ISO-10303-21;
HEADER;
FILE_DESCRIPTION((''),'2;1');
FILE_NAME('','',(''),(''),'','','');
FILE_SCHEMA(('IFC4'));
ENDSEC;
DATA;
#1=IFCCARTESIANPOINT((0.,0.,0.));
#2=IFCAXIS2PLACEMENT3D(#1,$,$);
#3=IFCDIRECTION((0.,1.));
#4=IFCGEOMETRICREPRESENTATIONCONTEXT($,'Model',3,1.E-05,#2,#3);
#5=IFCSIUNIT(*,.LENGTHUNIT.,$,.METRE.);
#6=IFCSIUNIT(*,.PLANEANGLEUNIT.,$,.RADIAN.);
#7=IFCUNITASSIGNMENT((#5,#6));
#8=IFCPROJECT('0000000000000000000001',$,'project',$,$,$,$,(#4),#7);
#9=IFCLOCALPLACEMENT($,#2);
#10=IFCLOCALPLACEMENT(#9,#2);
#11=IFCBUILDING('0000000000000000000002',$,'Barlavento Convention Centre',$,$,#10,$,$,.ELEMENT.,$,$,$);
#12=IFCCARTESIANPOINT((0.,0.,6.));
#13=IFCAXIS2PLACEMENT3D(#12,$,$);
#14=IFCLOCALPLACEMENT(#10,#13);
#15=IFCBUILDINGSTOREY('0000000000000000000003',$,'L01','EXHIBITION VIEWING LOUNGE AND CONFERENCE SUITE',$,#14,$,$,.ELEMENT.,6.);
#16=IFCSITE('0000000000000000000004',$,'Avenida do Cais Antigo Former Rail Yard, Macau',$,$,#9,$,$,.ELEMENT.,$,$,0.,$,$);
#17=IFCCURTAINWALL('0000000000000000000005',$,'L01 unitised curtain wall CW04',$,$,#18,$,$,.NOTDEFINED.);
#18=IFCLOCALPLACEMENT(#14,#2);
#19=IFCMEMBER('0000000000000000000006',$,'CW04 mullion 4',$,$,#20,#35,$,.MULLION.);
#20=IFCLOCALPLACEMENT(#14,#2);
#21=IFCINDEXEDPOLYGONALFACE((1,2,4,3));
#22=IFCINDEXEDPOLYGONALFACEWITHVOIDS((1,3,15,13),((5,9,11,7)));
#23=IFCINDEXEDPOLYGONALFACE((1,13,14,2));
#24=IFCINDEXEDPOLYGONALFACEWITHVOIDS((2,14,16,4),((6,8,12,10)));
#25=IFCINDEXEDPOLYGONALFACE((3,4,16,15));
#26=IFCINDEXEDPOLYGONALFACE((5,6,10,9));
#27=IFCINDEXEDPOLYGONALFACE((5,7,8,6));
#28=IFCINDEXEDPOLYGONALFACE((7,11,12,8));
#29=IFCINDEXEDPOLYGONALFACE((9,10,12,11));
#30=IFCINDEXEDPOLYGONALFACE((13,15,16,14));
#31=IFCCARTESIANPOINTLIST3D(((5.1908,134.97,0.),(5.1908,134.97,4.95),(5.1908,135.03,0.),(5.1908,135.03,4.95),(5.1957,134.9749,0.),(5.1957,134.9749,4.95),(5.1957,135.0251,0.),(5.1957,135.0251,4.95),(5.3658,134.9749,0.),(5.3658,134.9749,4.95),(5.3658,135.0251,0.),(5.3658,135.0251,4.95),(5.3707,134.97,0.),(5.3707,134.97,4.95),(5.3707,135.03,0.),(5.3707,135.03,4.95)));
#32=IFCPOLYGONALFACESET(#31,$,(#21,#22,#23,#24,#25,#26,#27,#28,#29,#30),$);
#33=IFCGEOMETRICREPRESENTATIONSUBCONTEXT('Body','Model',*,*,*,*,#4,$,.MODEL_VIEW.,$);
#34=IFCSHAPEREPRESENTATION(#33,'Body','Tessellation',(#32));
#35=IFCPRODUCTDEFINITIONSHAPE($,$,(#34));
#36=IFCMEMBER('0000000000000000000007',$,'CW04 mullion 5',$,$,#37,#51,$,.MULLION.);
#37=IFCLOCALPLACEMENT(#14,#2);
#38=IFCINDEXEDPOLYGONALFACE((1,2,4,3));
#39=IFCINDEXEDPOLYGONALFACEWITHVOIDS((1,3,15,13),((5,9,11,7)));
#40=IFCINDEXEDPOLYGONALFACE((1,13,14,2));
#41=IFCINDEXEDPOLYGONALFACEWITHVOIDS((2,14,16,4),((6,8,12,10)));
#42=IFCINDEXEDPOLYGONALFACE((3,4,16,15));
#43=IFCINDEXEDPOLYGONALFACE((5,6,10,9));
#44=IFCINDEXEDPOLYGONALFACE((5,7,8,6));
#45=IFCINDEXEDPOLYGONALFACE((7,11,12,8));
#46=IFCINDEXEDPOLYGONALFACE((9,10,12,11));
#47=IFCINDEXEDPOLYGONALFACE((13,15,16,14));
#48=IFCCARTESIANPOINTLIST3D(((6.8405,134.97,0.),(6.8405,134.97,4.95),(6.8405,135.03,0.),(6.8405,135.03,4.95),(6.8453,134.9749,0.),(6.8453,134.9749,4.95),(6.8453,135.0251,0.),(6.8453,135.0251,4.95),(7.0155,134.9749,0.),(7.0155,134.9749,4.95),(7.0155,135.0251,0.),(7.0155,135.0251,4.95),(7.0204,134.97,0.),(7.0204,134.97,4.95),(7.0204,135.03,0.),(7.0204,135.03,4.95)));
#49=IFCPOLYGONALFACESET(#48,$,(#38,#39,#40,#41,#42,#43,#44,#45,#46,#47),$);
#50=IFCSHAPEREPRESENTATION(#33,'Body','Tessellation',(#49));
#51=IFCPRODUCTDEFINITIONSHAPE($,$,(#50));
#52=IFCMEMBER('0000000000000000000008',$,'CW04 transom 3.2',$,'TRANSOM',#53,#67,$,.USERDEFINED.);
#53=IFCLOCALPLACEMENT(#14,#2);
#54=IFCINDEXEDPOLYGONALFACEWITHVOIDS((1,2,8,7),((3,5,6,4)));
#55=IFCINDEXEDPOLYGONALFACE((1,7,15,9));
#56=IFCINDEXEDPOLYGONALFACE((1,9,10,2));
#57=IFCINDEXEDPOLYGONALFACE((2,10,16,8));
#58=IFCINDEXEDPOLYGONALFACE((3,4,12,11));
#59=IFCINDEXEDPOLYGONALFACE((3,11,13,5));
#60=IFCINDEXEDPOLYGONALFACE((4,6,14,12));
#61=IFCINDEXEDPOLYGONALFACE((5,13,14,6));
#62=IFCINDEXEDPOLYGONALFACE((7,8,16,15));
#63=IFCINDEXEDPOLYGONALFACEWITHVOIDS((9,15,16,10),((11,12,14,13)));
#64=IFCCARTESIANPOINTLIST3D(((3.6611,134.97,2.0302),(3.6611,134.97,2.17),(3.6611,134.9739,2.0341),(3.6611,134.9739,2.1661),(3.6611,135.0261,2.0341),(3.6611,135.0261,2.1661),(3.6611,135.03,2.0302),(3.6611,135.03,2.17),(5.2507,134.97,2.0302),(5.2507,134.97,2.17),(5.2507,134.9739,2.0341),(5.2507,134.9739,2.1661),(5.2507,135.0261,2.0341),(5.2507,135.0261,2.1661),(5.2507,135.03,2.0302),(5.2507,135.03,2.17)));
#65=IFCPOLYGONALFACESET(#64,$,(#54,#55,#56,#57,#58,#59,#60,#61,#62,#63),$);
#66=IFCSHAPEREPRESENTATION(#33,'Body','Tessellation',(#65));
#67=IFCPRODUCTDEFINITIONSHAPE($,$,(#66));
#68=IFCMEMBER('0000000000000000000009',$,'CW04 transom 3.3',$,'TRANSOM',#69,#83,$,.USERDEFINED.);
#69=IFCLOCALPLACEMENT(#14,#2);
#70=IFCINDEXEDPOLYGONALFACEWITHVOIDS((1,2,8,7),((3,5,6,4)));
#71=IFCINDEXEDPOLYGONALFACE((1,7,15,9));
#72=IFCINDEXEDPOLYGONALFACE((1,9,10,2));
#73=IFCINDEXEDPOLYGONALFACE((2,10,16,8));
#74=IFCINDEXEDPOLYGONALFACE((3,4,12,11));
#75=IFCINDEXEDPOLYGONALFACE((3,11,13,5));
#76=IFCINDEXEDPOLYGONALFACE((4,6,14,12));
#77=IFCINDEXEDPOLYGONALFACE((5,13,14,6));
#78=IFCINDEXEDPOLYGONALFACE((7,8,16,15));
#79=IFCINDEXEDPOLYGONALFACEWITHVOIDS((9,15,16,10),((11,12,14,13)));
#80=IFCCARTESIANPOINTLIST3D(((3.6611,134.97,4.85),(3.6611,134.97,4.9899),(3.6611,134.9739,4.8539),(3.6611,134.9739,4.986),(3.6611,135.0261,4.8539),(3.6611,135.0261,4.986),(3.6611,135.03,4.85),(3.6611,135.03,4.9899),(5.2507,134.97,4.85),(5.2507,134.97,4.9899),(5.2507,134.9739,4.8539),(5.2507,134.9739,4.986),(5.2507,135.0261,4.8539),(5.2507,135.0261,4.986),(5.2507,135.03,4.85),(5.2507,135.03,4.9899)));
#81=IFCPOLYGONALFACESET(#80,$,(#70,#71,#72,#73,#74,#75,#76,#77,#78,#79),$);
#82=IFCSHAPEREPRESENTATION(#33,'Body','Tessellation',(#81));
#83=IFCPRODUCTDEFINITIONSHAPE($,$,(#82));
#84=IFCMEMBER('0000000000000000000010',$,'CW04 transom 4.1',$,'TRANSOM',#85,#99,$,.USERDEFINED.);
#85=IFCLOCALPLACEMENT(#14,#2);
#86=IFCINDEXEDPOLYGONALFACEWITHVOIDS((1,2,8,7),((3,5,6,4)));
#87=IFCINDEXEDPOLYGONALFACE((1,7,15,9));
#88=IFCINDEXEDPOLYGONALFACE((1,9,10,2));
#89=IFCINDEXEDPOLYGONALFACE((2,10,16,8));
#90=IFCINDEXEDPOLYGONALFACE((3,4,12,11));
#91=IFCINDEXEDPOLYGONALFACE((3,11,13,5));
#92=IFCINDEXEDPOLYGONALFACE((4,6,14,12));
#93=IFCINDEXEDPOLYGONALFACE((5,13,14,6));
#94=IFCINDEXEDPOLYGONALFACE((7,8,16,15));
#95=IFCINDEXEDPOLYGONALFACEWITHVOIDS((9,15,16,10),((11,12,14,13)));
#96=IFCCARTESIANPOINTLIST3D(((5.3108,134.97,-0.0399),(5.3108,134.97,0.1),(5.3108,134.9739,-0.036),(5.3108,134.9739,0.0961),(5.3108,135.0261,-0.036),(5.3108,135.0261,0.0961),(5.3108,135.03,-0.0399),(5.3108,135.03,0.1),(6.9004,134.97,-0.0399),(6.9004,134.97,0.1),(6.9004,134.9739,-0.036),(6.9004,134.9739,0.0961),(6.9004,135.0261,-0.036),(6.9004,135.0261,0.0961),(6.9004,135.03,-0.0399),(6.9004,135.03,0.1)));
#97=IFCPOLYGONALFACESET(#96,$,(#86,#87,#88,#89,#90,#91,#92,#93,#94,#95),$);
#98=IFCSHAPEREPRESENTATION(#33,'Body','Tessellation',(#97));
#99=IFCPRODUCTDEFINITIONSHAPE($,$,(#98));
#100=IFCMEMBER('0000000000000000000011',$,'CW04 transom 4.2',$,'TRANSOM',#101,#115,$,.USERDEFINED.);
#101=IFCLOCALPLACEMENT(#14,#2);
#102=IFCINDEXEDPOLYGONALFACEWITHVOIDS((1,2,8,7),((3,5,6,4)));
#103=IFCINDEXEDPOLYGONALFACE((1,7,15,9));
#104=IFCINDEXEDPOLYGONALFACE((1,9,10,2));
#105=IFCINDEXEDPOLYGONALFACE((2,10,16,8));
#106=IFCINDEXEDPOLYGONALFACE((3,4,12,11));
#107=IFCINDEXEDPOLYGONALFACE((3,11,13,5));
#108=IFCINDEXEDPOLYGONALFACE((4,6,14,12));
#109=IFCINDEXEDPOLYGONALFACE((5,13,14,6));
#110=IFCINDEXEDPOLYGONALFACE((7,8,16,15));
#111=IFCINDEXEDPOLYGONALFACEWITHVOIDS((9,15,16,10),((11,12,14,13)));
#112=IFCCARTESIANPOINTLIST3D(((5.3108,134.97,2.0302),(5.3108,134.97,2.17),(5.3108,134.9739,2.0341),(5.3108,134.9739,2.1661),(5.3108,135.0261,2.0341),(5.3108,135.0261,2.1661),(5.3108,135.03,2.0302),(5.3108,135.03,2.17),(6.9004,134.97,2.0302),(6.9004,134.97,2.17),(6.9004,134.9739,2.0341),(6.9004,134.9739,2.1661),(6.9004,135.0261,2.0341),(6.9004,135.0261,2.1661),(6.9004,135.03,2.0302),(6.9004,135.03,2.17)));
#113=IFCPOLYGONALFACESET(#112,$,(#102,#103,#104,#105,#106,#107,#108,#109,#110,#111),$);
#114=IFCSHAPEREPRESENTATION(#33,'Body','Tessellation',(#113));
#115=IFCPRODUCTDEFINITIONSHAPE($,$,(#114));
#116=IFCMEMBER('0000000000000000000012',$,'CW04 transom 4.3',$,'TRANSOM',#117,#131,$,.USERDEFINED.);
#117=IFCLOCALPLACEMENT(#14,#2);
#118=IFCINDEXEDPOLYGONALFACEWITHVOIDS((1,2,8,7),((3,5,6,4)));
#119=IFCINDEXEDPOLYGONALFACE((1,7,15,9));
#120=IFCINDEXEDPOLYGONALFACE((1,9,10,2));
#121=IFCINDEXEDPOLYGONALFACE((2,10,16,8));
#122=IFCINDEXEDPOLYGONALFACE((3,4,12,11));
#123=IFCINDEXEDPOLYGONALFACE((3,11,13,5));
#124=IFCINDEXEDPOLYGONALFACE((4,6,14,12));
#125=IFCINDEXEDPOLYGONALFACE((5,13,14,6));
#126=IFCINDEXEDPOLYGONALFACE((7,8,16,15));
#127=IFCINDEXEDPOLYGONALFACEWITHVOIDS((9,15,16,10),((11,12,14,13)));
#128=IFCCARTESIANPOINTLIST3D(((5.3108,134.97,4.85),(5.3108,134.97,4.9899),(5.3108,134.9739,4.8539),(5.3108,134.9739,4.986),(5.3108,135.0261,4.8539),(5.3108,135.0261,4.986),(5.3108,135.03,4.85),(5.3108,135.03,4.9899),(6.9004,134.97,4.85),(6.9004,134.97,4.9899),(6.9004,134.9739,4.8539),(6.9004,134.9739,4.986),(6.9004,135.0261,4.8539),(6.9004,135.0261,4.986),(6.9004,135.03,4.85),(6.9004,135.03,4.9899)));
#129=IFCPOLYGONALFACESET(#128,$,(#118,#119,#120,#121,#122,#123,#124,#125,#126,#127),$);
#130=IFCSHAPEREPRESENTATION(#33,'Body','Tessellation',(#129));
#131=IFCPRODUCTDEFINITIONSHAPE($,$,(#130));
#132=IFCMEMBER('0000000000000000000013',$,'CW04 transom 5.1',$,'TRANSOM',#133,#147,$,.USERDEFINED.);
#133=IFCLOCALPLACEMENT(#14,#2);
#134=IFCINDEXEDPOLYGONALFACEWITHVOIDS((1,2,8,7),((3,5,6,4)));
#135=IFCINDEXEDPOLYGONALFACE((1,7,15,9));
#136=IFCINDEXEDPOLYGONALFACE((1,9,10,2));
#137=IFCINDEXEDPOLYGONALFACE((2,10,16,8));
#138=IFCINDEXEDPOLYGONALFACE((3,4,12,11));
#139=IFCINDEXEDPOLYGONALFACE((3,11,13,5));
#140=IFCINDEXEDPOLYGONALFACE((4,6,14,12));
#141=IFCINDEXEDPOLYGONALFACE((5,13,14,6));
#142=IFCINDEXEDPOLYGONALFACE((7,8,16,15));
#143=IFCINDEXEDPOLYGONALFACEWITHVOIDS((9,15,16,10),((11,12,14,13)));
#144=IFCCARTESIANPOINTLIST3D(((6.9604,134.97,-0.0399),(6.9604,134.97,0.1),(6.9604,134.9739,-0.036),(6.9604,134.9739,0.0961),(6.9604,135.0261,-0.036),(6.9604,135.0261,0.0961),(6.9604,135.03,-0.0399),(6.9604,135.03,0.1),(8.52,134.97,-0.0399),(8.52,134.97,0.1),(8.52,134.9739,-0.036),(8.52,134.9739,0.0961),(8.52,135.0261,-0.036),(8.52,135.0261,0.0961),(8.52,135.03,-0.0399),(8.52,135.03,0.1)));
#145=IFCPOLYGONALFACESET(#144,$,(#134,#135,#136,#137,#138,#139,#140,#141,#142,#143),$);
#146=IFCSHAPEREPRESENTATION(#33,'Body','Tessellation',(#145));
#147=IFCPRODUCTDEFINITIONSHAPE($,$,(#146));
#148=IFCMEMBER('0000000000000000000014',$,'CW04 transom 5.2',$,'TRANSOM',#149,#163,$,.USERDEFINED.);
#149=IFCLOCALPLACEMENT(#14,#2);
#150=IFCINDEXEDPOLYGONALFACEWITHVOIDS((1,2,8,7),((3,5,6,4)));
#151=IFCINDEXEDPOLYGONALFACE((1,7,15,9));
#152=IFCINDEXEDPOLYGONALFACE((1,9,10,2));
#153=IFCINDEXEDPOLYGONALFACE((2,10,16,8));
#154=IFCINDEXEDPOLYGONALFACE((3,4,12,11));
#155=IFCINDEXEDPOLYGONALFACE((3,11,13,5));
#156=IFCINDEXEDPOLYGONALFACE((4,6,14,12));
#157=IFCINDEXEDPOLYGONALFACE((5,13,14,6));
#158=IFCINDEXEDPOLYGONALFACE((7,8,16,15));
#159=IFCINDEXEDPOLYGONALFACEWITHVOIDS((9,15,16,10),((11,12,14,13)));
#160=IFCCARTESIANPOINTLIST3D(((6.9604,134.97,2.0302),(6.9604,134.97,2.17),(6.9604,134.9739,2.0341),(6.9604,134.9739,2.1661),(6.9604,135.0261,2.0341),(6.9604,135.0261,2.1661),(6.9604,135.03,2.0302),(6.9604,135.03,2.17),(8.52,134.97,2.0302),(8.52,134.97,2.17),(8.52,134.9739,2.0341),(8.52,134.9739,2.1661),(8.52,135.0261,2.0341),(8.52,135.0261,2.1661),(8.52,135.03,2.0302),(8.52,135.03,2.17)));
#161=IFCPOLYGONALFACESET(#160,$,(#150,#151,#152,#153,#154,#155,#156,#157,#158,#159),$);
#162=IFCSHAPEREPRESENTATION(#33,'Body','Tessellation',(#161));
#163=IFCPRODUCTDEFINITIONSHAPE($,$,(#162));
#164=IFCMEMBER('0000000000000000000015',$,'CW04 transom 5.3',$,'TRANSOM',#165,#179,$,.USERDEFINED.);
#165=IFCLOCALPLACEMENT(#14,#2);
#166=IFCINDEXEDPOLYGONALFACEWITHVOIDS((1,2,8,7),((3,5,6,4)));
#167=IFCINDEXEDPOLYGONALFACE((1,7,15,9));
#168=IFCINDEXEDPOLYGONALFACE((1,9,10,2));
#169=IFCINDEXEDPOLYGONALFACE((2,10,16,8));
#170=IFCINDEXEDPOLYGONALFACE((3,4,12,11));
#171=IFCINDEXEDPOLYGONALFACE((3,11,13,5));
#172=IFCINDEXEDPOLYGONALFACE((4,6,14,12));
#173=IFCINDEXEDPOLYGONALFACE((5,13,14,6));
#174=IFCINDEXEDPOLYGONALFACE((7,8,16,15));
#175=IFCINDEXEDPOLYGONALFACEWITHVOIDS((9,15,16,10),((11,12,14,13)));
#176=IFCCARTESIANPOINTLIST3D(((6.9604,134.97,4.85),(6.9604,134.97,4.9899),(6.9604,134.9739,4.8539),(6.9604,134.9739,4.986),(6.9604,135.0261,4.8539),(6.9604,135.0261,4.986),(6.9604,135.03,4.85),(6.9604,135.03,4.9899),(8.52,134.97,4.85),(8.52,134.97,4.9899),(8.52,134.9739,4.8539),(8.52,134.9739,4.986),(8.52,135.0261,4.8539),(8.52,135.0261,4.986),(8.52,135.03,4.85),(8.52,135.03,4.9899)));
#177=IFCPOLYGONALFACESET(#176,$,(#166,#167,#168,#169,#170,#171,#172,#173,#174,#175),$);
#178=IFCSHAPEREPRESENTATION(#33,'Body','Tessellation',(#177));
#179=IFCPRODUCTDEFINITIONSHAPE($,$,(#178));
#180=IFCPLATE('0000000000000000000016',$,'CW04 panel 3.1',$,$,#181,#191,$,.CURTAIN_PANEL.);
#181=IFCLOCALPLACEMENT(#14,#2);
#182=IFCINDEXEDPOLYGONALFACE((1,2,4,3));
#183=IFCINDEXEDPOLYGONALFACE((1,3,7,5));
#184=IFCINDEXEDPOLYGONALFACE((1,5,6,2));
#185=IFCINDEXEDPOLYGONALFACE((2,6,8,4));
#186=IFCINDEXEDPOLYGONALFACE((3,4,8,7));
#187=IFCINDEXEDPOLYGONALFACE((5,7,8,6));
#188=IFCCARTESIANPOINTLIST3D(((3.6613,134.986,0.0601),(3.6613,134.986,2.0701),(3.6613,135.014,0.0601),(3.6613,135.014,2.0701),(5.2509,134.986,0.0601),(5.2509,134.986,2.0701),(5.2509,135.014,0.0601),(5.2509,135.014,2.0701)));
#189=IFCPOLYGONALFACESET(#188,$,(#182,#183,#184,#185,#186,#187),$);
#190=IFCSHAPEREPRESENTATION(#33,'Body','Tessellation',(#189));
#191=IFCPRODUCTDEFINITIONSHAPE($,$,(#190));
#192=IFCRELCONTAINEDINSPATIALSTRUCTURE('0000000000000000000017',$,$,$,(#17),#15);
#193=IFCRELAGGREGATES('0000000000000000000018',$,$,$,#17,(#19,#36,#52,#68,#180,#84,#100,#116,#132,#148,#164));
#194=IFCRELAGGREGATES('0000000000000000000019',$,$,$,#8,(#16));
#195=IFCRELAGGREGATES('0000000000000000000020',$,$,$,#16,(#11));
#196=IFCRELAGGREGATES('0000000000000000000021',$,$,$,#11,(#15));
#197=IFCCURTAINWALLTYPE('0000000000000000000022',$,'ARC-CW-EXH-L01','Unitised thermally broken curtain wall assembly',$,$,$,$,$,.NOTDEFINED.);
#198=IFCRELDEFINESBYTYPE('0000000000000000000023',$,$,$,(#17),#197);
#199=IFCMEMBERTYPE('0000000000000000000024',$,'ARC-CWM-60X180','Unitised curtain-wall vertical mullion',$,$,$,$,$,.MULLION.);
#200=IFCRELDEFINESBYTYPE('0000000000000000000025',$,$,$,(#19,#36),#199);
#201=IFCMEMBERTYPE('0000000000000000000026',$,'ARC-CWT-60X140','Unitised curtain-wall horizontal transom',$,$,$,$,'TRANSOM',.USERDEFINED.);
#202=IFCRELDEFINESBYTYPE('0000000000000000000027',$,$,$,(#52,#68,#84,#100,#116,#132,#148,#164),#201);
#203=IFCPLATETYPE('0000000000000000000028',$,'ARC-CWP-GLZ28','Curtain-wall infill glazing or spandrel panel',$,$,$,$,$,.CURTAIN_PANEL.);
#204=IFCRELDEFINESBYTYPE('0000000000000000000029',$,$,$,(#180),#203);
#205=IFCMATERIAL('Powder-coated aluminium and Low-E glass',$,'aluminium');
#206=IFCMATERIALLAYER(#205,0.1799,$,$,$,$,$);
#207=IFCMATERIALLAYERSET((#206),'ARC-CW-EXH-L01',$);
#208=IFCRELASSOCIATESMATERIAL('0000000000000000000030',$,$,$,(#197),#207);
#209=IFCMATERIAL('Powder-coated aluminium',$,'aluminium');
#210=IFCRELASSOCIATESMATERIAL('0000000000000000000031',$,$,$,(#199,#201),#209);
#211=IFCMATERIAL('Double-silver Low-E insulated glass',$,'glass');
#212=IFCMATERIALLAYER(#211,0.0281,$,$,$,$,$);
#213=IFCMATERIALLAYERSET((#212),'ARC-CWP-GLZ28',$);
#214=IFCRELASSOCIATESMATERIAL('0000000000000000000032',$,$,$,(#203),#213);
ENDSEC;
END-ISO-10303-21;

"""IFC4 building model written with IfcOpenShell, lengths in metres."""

from ifc_helpers import new_model, si_unit, direction, frame, origin, origin_2d, place, context, subcontext, project, spatial, rectangle, hollow_rectangle, extrude, material, layer, layer_set, material_profile, profile_set, type_object, element, aggregate, save


model = new_model("IFC4")

# Units and contexts
model_context = context("Model", 3, precision=1e-05, world=origin(), true_north=direction((0.0, 1.0)))
body_context = subcontext(model_context, "Body", "Model", "MODEL_VIEW")
ifc_project = project(units=[si_unit("LENGTHUNIT", "METRE"), si_unit("PLANEANGLEUNIT", "RADIAN")], contexts=[model_context])

# Site, building, storey
site_placement = place(None, origin())
site = spatial("IfcSite", under=ifc_project, at=site_placement, Name="Avenida do Cais Antigo Former Rail Yard, Macau", CompositionType="ELEMENT", RefElevation=0.0)
building_placement = place(site_placement, origin())
building = spatial("IfcBuilding", under=site, at=building_placement, Name="Barlavento Convention Centre", CompositionType="ELEMENT")
storey_placement = place(building_placement, frame((0.0, 0.0, 6.0)))
storey = spatial("IfcBuildingStorey", under=building, at=storey_placement, Name="L01", Description="EXHIBITION VIEWING LOUNGE AND CONFERENCE SUITE", CompositionType="ELEMENT", Elevation=6.0)

# Curtain wall, members, plate
ifc_material_1 = material(Name="Powder-coated aluminium and Low-E glass", Category="aluminium")
ifc_layer_1 = layer(ifc_material_1, 0.1799)
ifc_layer_set_1 = layer_set([ifc_layer_1], Name="ARC-CW-EXH-L01")
curtain_wall_type = type_object("IfcCurtainWallType", Name="ARC-CW-EXH-L01", Description="Unitised thermally broken curtain wall assembly", PredefinedType="NOTDEFINED", material=ifc_layer_set_1)
curtain_wall_placement = place(storey_placement, origin())
curtain_wall = element("IfcCurtainWall", 1, at=curtain_wall_placement, inside=storey, type_object=curtain_wall_type, Name="L01 unitised curtain wall CW04", PredefinedType="NOTDEFINED")
ifc_material_2 = material(Name="Powder-coated aluminium", Category="aluminium")
ifc_material_profile_1 = material_profile(ifc_material_2, hollow_rectangle(XDim=0.0601, YDim=0.1799, WallThickness=0.0049, at=origin_2d()), Name="AL-MULL 60x180x5")
ifc_profile_set_1 = profile_set([ifc_material_profile_1], Name="Powder-coated aluminium")
member_type_1 = type_object("IfcMemberType", Name="ARC-CWM-60X180", Description="Unitised curtain-wall vertical mullion", PredefinedType="MULLION", material=ifc_profile_set_1)
member_1_placement = place(storey_placement, frame((5.2808, 135.0, 0.0), z_axis=(0.0, 0.0, 1.0), x_axis=(0.0, 1.0, 0.0)))
member_1 = element("IfcMember", 2, at=member_1_placement, type_object=member_type_1, Name="CW04 mullion 4", PredefinedType="MULLION", context=body_context, shape_type="SweptSolid", body=[
    extrude(hollow_rectangle(XDim=0.0601, YDim=0.1799, WallThickness=0.0049, at=origin_2d()), origin(), (0.0, 0.0, 1.0), 4.95),
])
member_2_placement = place(storey_placement, frame((6.9304, 135.0, 0.0), z_axis=(0.0, 0.0, 1.0), x_axis=(0.0, 1.0, 0.0)))
member_2 = element("IfcMember", 3, at=member_2_placement, type_object=member_type_1, Name="CW04 mullion 5", PredefinedType="MULLION", context=body_context, shape_type="SweptSolid", body=[
    extrude(hollow_rectangle(XDim=0.0601, YDim=0.1799, WallThickness=0.0049, at=origin_2d()), origin(), (0.0, 0.0, 1.0), 4.95),
])
ifc_material_profile_2 = material_profile(ifc_material_2, hollow_rectangle(XDim=0.0601, YDim=0.1399, WallThickness=0.0039, at=origin_2d()), Name="AL-TRAN 60x140x4")
ifc_profile_set_2 = profile_set([ifc_material_profile_2], Name="Powder-coated aluminium")
member_type_2 = type_object("IfcMemberType", Name="ARC-CWT-60X140", Description="Unitised curtain-wall horizontal transom", ElementType="TRANSOM", PredefinedType="USERDEFINED", material=ifc_profile_set_2)
member_3_placement = place(storey_placement, frame((3.6611, 135.0, 2.1001), z_axis=(1.0, 0.0, 0.0), x_axis=(0.0, 1.0, 0.0)))
member_3 = element("IfcMember", 4, at=member_3_placement, type_object=member_type_2, Name="CW04 transom 3.2", ObjectType="TRANSOM", PredefinedType="USERDEFINED", context=body_context, shape_type="SweptSolid", body=[
    extrude(hollow_rectangle(XDim=0.0601, YDim=0.1399, WallThickness=0.0039, at=origin_2d()), origin(), (0.0, 0.0, 1.0), 1.5896),
])
member_4_placement = place(storey_placement, frame((3.6611, 135.0, 4.9199), z_axis=(1.0, 0.0, 0.0), x_axis=(0.0, 1.0, 0.0)))
member_4 = element("IfcMember", 5, at=member_4_placement, type_object=member_type_2, Name="CW04 transom 3.3", ObjectType="TRANSOM", PredefinedType="USERDEFINED", context=body_context, shape_type="SweptSolid", body=[
    extrude(hollow_rectangle(XDim=0.0601, YDim=0.1399, WallThickness=0.0039, at=origin_2d()), origin(), (0.0, 0.0, 1.0), 1.5896),
])
member_5_placement = place(storey_placement, frame((5.3108, 135.0, 0.03), z_axis=(1.0, 0.0, 0.0), x_axis=(0.0, 1.0, 0.0)))
member_5 = element("IfcMember", 6, at=member_5_placement, type_object=member_type_2, Name="CW04 transom 4.1", ObjectType="TRANSOM", PredefinedType="USERDEFINED", context=body_context, shape_type="SweptSolid", body=[
    extrude(hollow_rectangle(XDim=0.0601, YDim=0.1399, WallThickness=0.0039, at=origin_2d()), origin(), (0.0, 0.0, 1.0), 1.5896),
])
member_6_placement = place(storey_placement, frame((5.3108, 135.0, 2.1001), z_axis=(1.0, 0.0, 0.0), x_axis=(0.0, 1.0, 0.0)))
member_6 = element("IfcMember", 7, at=member_6_placement, type_object=member_type_2, Name="CW04 transom 4.2", ObjectType="TRANSOM", PredefinedType="USERDEFINED", context=body_context, shape_type="SweptSolid", body=[
    extrude(hollow_rectangle(XDim=0.0601, YDim=0.1399, WallThickness=0.0039, at=origin_2d()), origin(), (0.0, 0.0, 1.0), 1.5896),
])
member_7_placement = place(storey_placement, frame((5.3108, 135.0, 4.9199), z_axis=(1.0, 0.0, 0.0), x_axis=(0.0, 1.0, 0.0)))
member_7 = element("IfcMember", 8, at=member_7_placement, type_object=member_type_2, Name="CW04 transom 4.3", ObjectType="TRANSOM", PredefinedType="USERDEFINED", context=body_context, shape_type="SweptSolid", body=[
    extrude(hollow_rectangle(XDim=0.0601, YDim=0.1399, WallThickness=0.0039, at=origin_2d()), origin(), (0.0, 0.0, 1.0), 1.5896),
])
member_8_placement = place(storey_placement, frame((6.9604, 135.0, 0.03), z_axis=(1.0, 0.0, 0.0), x_axis=(0.0, 1.0, 0.0)))
member_8 = element("IfcMember", 9, at=member_8_placement, type_object=member_type_2, Name="CW04 transom 5.1", ObjectType="TRANSOM", PredefinedType="USERDEFINED", context=body_context, shape_type="SweptSolid", body=[
    extrude(hollow_rectangle(XDim=0.0601, YDim=0.1399, WallThickness=0.0039, at=origin_2d()), origin(), (0.0, 0.0, 1.0), 1.5596),
])
member_9_placement = place(storey_placement, frame((6.9604, 135.0, 2.1001), z_axis=(1.0, 0.0, 0.0), x_axis=(0.0, 1.0, 0.0)))
member_9 = element("IfcMember", 10, at=member_9_placement, type_object=member_type_2, Name="CW04 transom 5.2", ObjectType="TRANSOM", PredefinedType="USERDEFINED", context=body_context, shape_type="SweptSolid", body=[
    extrude(hollow_rectangle(XDim=0.0601, YDim=0.1399, WallThickness=0.0039, at=origin_2d()), origin(), (0.0, 0.0, 1.0), 1.5596),
])
member_10_placement = place(storey_placement, frame((6.9604, 135.0, 4.9199), z_axis=(1.0, 0.0, 0.0), x_axis=(0.0, 1.0, 0.0)))
member_10 = element("IfcMember", 11, at=member_10_placement, type_object=member_type_2, Name="CW04 transom 5.3", ObjectType="TRANSOM", PredefinedType="USERDEFINED", context=body_context, shape_type="SweptSolid", body=[
    extrude(hollow_rectangle(XDim=0.0601, YDim=0.1399, WallThickness=0.0039, at=origin_2d()), origin(), (0.0, 0.0, 1.0), 1.5596),
])
ifc_material_3 = material(Name="Double-silver Low-E insulated glass", Category="glass")
ifc_layer_2 = layer(ifc_material_3, 0.0281)
ifc_layer_set_2 = layer_set([ifc_layer_2], Name="ARC-CWP-GLZ28")
plate_type = type_object("IfcPlateType", Name="ARC-CWP-GLZ28", Description="Curtain-wall infill glazing or spandrel panel", PredefinedType="CURTAIN_PANEL", material=ifc_layer_set_2)
plate_1_placement = place(storey_placement, frame((4.4561, 135.0, 0.0601), z_axis=(0.0, 0.0, 1.0), x_axis=(1.0, 0.0, 0.0)))
plate_1 = element("IfcPlate", 12, at=plate_1_placement, type_object=plate_type, Name="CW04 panel 3.1", PredefinedType="CURTAIN_PANEL", context=body_context, shape_type="SweptSolid", body=[
    extrude(rectangle(XDim=1.5896, YDim=0.0281, at=origin_2d()), origin(), (0.0, 0.0, 1.0), 2.01),
])
aggregate(curtain_wall, [member_1, member_2, member_3, member_4, plate_1, member_5, member_6, member_7, member_8, member_9, member_10])

save(model, "model.ifc")
